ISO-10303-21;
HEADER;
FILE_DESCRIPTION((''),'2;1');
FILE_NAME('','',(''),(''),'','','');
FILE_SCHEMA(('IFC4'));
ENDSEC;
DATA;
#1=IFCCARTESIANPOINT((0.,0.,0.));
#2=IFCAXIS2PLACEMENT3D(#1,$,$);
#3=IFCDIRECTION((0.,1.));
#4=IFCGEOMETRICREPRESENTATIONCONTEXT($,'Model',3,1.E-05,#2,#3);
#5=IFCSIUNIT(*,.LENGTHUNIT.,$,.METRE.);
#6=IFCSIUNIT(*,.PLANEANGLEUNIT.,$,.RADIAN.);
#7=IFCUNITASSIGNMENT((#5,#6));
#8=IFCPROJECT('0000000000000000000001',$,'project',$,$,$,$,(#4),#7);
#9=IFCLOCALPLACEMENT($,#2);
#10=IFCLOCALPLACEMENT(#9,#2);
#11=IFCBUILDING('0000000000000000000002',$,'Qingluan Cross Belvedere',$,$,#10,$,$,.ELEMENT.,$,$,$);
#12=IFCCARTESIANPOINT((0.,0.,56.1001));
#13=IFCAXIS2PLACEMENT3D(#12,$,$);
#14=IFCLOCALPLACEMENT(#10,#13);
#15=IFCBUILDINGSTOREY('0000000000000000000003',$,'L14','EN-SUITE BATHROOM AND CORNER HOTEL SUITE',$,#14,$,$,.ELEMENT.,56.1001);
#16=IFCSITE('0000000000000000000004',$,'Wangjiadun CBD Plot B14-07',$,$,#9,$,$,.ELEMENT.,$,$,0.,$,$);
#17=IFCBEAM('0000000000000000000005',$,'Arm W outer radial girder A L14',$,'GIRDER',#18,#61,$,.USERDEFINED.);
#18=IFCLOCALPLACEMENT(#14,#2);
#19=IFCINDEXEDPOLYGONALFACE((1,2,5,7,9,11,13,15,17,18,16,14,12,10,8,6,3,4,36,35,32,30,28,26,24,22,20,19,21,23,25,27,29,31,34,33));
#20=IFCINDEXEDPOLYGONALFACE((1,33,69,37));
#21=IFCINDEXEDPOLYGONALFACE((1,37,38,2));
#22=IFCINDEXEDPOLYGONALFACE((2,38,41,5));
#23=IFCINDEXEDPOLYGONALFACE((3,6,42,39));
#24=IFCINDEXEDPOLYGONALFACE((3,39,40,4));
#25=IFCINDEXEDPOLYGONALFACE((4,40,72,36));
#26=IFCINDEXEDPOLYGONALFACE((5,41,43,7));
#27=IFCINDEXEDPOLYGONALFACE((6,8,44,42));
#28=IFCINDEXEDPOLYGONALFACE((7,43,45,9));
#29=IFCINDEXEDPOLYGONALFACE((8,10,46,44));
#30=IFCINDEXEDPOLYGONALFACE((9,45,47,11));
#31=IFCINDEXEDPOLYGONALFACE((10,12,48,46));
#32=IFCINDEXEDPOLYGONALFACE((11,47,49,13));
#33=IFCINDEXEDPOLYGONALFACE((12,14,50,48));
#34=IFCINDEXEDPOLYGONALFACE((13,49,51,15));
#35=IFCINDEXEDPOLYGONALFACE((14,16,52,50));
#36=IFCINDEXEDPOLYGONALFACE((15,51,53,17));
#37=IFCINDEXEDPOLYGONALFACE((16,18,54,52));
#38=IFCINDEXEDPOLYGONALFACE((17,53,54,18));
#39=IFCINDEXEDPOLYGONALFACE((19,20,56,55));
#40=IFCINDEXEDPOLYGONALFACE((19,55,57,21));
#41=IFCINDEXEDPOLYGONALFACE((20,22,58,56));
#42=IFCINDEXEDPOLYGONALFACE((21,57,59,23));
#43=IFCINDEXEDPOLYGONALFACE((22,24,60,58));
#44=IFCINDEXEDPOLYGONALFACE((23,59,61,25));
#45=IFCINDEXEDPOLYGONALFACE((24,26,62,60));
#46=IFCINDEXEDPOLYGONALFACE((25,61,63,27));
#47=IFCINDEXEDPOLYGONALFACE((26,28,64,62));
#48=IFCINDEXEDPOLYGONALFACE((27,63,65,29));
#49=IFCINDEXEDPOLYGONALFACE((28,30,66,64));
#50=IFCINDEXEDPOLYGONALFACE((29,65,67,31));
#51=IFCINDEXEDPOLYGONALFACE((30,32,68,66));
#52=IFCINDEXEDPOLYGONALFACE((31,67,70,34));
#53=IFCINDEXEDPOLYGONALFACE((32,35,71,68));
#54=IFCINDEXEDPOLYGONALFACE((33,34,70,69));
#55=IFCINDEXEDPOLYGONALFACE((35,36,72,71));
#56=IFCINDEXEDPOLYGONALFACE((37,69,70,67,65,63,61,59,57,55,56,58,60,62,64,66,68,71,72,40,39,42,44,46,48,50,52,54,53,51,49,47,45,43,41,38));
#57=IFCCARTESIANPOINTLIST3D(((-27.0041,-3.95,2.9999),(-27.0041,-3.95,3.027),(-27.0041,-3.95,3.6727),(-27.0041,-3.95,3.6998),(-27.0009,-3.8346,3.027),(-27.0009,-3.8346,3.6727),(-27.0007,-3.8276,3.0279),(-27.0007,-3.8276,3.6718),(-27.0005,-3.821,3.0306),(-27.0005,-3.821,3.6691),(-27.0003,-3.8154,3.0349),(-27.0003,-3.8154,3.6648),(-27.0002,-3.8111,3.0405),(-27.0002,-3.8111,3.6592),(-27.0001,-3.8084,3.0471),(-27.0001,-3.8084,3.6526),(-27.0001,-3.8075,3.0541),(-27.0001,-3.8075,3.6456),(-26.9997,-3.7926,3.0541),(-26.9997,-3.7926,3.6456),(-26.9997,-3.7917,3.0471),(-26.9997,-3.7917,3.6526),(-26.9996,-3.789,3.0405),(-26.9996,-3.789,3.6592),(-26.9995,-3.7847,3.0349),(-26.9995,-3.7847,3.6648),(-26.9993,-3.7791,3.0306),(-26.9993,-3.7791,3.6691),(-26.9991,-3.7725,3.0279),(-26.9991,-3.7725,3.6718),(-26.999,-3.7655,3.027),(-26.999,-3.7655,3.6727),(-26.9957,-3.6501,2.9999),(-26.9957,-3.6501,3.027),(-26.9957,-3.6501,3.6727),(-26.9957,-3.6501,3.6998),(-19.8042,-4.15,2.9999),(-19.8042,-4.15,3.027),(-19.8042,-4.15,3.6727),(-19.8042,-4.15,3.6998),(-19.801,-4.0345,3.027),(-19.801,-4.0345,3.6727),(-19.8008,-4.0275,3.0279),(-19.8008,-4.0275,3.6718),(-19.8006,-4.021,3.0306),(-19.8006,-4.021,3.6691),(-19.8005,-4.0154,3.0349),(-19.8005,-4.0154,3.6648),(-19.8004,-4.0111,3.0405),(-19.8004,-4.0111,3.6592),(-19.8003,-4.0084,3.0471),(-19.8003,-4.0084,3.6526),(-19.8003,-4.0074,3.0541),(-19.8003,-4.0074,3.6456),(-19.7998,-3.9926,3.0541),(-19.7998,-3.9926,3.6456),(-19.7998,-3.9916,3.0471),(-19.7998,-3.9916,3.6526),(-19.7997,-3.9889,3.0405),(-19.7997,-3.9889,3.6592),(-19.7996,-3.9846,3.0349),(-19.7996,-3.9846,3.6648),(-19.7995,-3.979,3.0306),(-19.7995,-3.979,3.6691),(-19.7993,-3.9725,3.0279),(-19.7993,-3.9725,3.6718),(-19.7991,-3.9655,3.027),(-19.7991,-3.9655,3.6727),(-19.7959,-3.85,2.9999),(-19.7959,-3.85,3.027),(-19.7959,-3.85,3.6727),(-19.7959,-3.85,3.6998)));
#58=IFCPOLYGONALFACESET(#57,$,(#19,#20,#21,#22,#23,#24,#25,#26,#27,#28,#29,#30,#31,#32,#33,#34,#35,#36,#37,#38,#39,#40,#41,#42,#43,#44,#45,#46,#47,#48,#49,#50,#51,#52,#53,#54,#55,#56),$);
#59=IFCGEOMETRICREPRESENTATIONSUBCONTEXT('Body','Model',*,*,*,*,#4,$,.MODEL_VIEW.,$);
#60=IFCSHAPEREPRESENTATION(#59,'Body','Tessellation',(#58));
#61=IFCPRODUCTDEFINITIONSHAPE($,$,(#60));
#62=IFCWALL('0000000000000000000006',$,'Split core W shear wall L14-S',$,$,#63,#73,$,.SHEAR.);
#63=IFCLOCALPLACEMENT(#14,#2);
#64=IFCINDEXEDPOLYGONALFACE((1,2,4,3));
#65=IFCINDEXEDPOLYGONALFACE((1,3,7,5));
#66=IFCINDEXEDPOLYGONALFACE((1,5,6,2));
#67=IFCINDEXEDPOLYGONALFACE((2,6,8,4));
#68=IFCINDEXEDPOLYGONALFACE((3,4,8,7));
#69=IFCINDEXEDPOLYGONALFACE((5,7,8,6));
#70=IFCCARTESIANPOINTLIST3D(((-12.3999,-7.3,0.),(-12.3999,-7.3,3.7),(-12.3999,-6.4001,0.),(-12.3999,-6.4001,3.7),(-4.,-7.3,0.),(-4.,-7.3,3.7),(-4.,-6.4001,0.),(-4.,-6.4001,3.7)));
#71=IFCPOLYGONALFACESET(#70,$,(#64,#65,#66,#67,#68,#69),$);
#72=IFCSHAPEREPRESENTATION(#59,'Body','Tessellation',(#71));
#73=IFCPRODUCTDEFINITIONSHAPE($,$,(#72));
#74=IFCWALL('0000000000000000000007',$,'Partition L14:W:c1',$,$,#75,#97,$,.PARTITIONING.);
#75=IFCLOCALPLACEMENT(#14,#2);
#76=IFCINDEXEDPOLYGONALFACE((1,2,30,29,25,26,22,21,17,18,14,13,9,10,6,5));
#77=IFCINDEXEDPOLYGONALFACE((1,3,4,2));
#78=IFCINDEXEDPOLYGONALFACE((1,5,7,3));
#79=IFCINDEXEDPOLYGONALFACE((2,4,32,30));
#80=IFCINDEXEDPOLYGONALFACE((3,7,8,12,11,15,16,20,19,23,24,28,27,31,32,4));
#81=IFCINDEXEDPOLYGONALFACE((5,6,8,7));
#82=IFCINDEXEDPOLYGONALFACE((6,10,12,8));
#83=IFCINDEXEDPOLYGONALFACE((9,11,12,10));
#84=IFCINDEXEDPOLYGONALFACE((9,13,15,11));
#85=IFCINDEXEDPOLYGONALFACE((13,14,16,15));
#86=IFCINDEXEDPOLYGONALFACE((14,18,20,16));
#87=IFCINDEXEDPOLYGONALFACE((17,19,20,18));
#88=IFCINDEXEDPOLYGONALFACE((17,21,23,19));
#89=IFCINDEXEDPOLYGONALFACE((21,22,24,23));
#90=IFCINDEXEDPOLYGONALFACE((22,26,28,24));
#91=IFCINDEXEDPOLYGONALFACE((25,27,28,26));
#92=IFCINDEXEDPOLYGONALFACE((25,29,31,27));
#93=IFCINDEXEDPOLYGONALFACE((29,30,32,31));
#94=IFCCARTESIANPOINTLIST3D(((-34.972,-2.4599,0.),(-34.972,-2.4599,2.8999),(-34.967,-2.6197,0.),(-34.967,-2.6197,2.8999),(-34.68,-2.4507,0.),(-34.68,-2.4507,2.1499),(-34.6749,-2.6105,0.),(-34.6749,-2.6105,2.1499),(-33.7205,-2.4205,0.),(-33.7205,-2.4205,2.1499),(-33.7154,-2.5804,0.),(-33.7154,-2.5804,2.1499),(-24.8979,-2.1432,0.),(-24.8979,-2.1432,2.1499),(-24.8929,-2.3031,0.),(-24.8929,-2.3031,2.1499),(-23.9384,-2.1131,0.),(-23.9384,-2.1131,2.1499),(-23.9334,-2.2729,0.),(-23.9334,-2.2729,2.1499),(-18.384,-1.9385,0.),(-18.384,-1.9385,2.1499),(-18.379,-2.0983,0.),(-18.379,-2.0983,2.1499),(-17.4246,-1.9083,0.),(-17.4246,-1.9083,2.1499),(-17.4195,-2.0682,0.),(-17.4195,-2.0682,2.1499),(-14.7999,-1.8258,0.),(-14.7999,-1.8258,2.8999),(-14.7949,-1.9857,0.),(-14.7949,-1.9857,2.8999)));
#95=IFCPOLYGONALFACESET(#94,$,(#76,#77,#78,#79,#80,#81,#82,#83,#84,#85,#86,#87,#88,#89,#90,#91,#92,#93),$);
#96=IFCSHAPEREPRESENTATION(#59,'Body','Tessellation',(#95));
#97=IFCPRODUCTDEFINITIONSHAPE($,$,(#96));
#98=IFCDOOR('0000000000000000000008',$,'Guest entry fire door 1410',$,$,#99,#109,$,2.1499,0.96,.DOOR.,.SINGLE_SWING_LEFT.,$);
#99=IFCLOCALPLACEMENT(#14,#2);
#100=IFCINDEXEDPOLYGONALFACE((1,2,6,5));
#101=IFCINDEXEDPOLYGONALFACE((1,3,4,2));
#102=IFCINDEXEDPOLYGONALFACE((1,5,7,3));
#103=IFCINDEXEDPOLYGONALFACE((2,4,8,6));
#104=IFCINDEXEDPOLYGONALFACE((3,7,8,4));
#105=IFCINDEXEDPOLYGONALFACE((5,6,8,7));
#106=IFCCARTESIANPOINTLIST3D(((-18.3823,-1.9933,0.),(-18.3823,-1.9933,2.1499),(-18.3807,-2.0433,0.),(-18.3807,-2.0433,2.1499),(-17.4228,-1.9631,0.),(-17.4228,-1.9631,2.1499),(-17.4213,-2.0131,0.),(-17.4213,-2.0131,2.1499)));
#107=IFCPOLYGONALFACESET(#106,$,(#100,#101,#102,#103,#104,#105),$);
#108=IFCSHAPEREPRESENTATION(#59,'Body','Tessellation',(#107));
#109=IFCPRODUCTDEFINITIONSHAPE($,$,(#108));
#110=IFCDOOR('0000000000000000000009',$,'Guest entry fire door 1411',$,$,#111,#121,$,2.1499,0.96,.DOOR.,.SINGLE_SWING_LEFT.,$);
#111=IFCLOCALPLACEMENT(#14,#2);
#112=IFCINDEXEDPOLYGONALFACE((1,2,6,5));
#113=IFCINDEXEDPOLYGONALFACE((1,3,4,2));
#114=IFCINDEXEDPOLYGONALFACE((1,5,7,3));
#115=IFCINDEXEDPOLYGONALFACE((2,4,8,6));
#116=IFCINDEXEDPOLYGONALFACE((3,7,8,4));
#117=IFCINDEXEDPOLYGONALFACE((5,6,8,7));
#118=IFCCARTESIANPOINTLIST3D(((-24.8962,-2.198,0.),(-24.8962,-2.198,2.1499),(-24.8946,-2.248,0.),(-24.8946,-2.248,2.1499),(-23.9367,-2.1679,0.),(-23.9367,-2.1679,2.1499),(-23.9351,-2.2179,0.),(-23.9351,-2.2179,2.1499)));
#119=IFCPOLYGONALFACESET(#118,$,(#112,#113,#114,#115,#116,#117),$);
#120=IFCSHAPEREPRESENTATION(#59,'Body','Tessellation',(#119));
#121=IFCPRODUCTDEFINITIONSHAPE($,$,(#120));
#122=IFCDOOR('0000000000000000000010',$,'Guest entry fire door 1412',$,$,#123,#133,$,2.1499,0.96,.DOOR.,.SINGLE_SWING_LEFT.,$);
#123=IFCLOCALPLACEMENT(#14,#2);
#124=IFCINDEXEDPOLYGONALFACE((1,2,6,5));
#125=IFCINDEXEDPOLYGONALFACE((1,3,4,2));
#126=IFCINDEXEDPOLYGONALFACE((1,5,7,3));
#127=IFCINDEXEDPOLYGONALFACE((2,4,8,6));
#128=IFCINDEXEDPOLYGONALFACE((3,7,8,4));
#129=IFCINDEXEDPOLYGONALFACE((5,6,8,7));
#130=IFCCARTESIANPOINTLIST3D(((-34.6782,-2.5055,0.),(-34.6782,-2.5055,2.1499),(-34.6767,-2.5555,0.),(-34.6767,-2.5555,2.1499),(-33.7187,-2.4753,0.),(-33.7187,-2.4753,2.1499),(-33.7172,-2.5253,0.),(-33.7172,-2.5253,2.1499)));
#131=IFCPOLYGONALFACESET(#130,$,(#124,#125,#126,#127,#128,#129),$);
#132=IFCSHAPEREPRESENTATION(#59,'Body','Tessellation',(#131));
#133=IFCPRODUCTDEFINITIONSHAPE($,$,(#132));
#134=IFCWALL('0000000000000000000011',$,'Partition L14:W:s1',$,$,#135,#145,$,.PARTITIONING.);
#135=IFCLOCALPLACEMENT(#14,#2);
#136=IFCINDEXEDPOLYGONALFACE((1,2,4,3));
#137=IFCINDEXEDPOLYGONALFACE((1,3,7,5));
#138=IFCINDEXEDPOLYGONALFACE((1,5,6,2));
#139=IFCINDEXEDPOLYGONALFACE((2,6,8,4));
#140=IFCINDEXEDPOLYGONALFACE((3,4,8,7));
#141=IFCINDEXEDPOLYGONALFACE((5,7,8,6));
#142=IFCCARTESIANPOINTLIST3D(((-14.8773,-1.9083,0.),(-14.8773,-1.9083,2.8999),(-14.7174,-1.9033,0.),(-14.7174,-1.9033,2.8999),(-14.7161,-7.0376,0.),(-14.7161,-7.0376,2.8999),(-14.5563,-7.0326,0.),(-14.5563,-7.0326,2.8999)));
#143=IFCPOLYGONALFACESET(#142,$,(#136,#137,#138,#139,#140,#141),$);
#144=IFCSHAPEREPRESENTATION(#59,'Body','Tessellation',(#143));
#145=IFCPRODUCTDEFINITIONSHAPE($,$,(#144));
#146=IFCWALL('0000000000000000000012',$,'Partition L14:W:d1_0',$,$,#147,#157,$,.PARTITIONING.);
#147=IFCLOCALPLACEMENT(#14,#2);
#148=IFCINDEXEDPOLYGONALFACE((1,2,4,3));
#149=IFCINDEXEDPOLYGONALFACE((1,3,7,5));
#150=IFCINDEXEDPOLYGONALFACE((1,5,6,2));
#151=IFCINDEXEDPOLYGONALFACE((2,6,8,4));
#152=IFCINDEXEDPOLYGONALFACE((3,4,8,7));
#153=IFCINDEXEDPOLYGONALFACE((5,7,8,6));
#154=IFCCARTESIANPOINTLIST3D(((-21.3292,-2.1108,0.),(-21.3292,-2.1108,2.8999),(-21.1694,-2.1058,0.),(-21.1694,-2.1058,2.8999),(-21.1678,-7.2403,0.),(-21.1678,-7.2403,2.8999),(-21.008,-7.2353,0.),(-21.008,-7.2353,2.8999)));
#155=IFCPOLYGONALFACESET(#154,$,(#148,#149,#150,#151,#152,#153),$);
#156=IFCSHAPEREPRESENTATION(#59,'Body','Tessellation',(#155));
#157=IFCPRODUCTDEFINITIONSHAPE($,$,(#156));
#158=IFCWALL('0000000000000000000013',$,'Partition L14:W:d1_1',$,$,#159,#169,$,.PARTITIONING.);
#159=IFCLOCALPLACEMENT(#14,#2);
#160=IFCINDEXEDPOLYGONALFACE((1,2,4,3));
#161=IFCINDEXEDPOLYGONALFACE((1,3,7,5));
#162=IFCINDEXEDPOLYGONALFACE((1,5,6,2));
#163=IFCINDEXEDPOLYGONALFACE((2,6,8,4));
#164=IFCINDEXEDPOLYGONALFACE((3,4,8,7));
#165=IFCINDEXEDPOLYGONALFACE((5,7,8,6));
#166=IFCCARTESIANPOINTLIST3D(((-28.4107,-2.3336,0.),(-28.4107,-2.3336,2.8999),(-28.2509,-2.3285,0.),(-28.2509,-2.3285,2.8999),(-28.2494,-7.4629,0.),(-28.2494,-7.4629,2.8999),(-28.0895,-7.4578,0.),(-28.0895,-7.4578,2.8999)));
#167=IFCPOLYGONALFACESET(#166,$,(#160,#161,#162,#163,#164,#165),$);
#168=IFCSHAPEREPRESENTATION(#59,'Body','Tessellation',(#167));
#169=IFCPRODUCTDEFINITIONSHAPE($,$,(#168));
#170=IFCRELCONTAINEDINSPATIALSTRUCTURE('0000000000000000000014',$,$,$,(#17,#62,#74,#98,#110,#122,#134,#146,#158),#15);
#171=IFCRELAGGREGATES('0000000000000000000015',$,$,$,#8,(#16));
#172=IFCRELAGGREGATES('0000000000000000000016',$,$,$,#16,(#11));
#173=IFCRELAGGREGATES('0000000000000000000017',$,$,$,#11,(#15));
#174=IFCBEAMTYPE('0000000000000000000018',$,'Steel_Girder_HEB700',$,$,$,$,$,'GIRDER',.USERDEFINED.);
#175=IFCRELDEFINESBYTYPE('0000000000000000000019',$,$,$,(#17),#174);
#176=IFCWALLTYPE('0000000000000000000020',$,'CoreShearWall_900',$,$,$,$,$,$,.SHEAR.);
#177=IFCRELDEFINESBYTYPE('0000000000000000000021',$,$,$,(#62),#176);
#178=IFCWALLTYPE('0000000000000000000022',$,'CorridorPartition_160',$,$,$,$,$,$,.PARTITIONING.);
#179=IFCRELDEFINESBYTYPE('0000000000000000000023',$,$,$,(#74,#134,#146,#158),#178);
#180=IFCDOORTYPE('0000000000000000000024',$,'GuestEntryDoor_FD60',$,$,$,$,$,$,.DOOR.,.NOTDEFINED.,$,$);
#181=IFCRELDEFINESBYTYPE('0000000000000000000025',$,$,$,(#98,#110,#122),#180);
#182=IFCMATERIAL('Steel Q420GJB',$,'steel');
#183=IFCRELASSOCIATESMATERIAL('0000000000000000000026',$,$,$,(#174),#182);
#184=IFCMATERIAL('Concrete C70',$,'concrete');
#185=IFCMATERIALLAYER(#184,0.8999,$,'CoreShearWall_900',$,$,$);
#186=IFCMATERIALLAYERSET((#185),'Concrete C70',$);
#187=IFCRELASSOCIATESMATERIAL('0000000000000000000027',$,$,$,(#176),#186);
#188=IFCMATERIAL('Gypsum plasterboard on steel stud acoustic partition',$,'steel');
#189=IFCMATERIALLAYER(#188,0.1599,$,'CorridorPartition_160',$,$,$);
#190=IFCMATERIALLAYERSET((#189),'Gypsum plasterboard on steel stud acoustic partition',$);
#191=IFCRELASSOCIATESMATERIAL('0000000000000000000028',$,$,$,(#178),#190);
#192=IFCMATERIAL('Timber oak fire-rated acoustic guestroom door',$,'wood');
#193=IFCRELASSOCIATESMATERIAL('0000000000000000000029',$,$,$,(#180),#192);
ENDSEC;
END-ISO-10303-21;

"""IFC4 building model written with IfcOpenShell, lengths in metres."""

from ifc_helpers import new_model, si_unit, direction, frame, frame_2d, origin, origin_2d, place, context, subcontext, project, spatial, rectangle, i_section, extrude, material, layer, layer_set, material_profile, profile_set, type_object, element, fill, save


model = new_model("IFC4")

# Units and contexts
model_context = context("Model", 3, precision=1e-05, world=origin(), true_north=direction((0.0, 1.0)))
body_context = subcontext(model_context, "Body", "Model", "MODEL_VIEW")
ifc_project = project(units=[si_unit("LENGTHUNIT", "METRE"), si_unit("PLANEANGLEUNIT", "RADIAN")], contexts=[model_context])

# Site, building, storey
site_placement = place(None, origin())
site = spatial("IfcSite", under=ifc_project, at=site_placement, Name="Wangjiadun CBD Plot B14-07", CompositionType="ELEMENT", RefElevation=0.0)
building_placement = place(site_placement, origin())
building = spatial("IfcBuilding", under=site, at=building_placement, Name="Qingluan Cross Belvedere", CompositionType="ELEMENT")
storey_placement = place(building_placement, frame((0.0, 0.0, 56.1001)))
storey = spatial("IfcBuildingStorey", under=building, at=storey_placement, Name="L14", Description="EN-SUITE BATHROOM AND CORNER HOTEL SUITE", CompositionType="ELEMENT", Elevation=56.1001)

# Beam
ifc_material_1 = material(Name="Steel Q420GJB", Category="steel")
ifc_material_profile_1 = material_profile(ifc_material_1, i_section(OverallWidth=0.3, OverallDepth=0.7, WebThickness=0.0149, FlangeThickness=0.0271, FilletRadius=0.0271, at=origin_2d()), Name="HEB700")
ifc_profile_set_1 = profile_set([ifc_material_profile_1], Name="Steel Q420GJB")
beam_type_1 = type_object("IfcBeamType", Name="Steel_Girder_HEB700", ElementType="GIRDER", PredefinedType="USERDEFINED", material=ifc_profile_set_1)
beam_1_placement = place(storey_placement, frame((-19.8, -4.0, 3.3499), z_axis=(-0.999615, 0.02776, 0.0), x_axis=(-0.02776, -0.999615, 0.0)))
element("IfcBeam", 1, at=beam_1_placement, inside=storey, type_object=beam_type_1, Name="Arm W outer radial girder A L14", ObjectType="GIRDER", PredefinedType="USERDEFINED", context=body_context, shape_type="SweptSolid", body=[
    extrude(i_section(OverallWidth=0.3, OverallDepth=0.7, WebThickness=0.0149, FlangeThickness=0.0271, FilletRadius=0.0271, at=origin_2d()), origin(), (0.0, 0.0, 1.0), 7.2026),
])

# Wall
ifc_material_2 = material(Name="Concrete C70", Category="concrete")
ifc_layer_1 = layer(ifc_material_2, 0.8999, Name="CoreShearWall_900")
ifc_layer_set_1 = layer_set([ifc_layer_1], Name="Concrete C70")
wall_type_1 = type_object("IfcWallType", Name="CoreShearWall_900", PredefinedType="SHEAR", material=ifc_layer_set_1)
wall_1_placement = place(storey_placement, frame((-12.3999, -6.8501, 0.0), z_axis=(0.0, 0.0, 1.0), x_axis=(1.0, 0.0, 0.0)))
element("IfcWall", 2, at=wall_1_placement, inside=storey, type_object=wall_type_1, Name="Split core W shear wall L14-S", PredefinedType="SHEAR", context=body_context, shape_type="SweptSolid", body=[
    extrude(rectangle(XDim=8.3999, YDim=0.8999, at=frame_2d((4.2, 0.0))), origin(), (0.0, 0.0, 1.0), 3.7),
])

# Wall, openings, doors
ifc_material_3 = material(Name="Gypsum plasterboard on steel stud acoustic partition", Category="steel")
ifc_layer_2 = layer(ifc_material_3, 0.1599, Name="CorridorPartition_160")
ifc_layer_set_2 = layer_set([ifc_layer_2], Name="Gypsum plasterboard on steel stud acoustic partition")
wall_type_2 = type_object("IfcWallType", Name="CorridorPartition_160", PredefinedType="PARTITIONING", material=ifc_layer_set_2)
wall_2_placement = place(storey_placement, frame((-14.7974, -1.9058, 0.0), z_axis=(0.0, 0.0, 1.0), x_axis=(-0.999506, -0.031416, 0.0)))
wall_2 = element("IfcWall", 3, at=wall_2_placement, inside=storey, type_object=wall_type_2, Name="Partition L14:W:c1", PredefinedType="PARTITIONING", context=body_context, shape_type="SweptSolid", body=[
    extrude(rectangle(XDim=20.1821, YDim=0.1599, at=frame_2d((10.0911, 0.0))), origin(), (0.0, 0.0, 1.0), 2.8999),
])
opening_1_placement = place(wall_2_placement, frame((2.626, 0.0, 0.0)))
opening_1 = element("IfcOpeningElement", 4, at=opening_1_placement, cuts=wall_2, PredefinedType="OPENING", context=body_context, shape_type="SweptSolid", body=[
    extrude(rectangle(XDim=0.96, YDim=2.1499, at=frame_2d((0.48, 1.075))), frame((0.0, 0.0898, 0.0), z_axis=(0.0, -1.0, 0.0), x_axis=(1.0, 0.0, 0.0)), (0.0, 0.0, 1.0), 0.1799),
])
opening_2_placement = place(wall_2_placement, frame((9.1431, 0.0, 0.0)))
opening_2 = element("IfcOpeningElement", 5, at=opening_2_placement, cuts=wall_2, PredefinedType="OPENING", context=body_context, shape_type="SweptSolid", body=[
    extrude(rectangle(XDim=0.96, YDim=2.1499, at=frame_2d((0.48, 1.075))), frame((0.0, 0.0898, 0.0), z_axis=(0.0, -1.0, 0.0), x_axis=(1.0, 0.0, 0.0)), (0.0, 0.0, 1.0), 0.1799),
])
opening_3_placement = place(wall_2_placement, frame((18.9299, 0.0, 0.0)))
opening_3 = element("IfcOpeningElement", 6, at=opening_3_placement, cuts=wall_2, PredefinedType="OPENING", context=body_context, shape_type="SweptSolid", body=[
    extrude(rectangle(XDim=0.96, YDim=2.1499, at=frame_2d((0.48, 1.075))), frame((0.0, 0.0898, 0.0), z_axis=(0.0, -1.0, 0.0), x_axis=(1.0, 0.0, 0.0)), (0.0, 0.0, 1.0), 0.1799),
])
ifc_material_4 = material(Name="Timber oak fire-rated acoustic guestroom door", Category="wood")
door_type_1 = type_object("IfcDoorType", Name="GuestEntryDoor_FD60", OperationType="NOTDEFINED", PredefinedType="DOOR", material=ifc_material_4)
door_1_placement = place(opening_1_placement, origin())
door_1 = element("IfcDoor", 7, at=door_1_placement, inside=storey, type_object=door_type_1, Name="Guest entry fire door 1410", OperationType="SINGLE_SWING_LEFT", OverallHeight=2.1499, OverallWidth=0.96, PredefinedType="DOOR", context=body_context, shape_type="SweptSolid", body=[
    extrude(rectangle(XDim=0.96, YDim=2.1499, at=frame_2d((0.48, 1.075))), frame((0.0, 0.0249, 0.0), z_axis=(0.0, -1.0, 0.0), x_axis=(1.0, 0.0, 0.0)), (0.0, 0.0, 1.0), 0.05),
])
fill(opening_1, door_1)
door_2_placement = place(opening_2_placement, origin())
door_2 = element("IfcDoor", 8, at=door_2_placement, inside=storey, type_object=door_type_1, Name="Guest entry fire door 1411", OperationType="SINGLE_SWING_LEFT", OverallHeight=2.1499, OverallWidth=0.96, PredefinedType="DOOR", context=body_context, shape_type="SweptSolid", body=[
    extrude(rectangle(XDim=0.96, YDim=2.1499, at=frame_2d((0.48, 1.075))), frame((0.0, 0.0249, 0.0), z_axis=(0.0, -1.0, 0.0), x_axis=(1.0, 0.0, 0.0)), (0.0, 0.0, 1.0), 0.05),
])
fill(opening_2, door_2)
door_3_placement = place(opening_3_placement, origin())
door_3 = element("IfcDoor", 9, at=door_3_placement, inside=storey, type_object=door_type_1, Name="Guest entry fire door 1412", OperationType="SINGLE_SWING_LEFT", OverallHeight=2.1499, OverallWidth=0.96, PredefinedType="DOOR", context=body_context, shape_type="SweptSolid", body=[
    extrude(rectangle(XDim=0.96, YDim=2.1499, at=frame_2d((0.48, 1.075))), frame((0.0, 0.0249, 0.0), z_axis=(0.0, -1.0, 0.0), x_axis=(1.0, 0.0, 0.0)), (0.0, 0.0, 1.0), 0.05),
])
fill(opening_3, door_3)

# Walls
wall_3_placement = place(storey_placement, frame((-14.7974, -1.9058, 0.0), z_axis=(0.0, 0.0, 1.0), x_axis=(0.031398, -0.999507, 0.0)))
element("IfcWall", 10, at=wall_3_placement, inside=storey, type_object=wall_type_2, Name="Partition L14:W:s1", PredefinedType="PARTITIONING", context=body_context, shape_type="SweptSolid", body=[
    extrude(rectangle(XDim=5.1318, YDim=0.1599, at=frame_2d((2.5659, 0.0))), origin(), (0.0, 0.0, 1.0), 2.8999),
])
wall_4_placement = place(storey_placement, frame((-21.2493, -2.1084, 0.0), z_axis=(0.0, 0.0, 1.0), x_axis=(0.031444, -0.999506, 0.0)))
element("IfcWall", 11, at=wall_4_placement, inside=storey, type_object=wall_type_2, Name="Partition L14:W:d1_0", PredefinedType="PARTITIONING", context=body_context, shape_type="SweptSolid", body=[
    extrude(rectangle(XDim=5.1321, YDim=0.1599, at=frame_2d((2.5659, 0.0))), origin(), (0.0, 0.0, 1.0), 2.8999),
])
wall_5_placement = place(storey_placement, frame((-28.3308, -2.3311, 0.0), z_axis=(0.0, 0.0, 1.0), x_axis=(0.031446, -0.999505, 0.0)))
element("IfcWall", 12, at=wall_5_placement, inside=storey, type_object=wall_type_2, Name="Partition L14:W:d1_1", PredefinedType="PARTITIONING", context=body_context, shape_type="SweptSolid", body=[
    extrude(rectangle(XDim=5.1318, YDim=0.1599, at=frame_2d((2.5659, 0.0))), origin(), (0.0, 0.0, 1.0), 2.8999),
])

save(model, "model.ifc")
